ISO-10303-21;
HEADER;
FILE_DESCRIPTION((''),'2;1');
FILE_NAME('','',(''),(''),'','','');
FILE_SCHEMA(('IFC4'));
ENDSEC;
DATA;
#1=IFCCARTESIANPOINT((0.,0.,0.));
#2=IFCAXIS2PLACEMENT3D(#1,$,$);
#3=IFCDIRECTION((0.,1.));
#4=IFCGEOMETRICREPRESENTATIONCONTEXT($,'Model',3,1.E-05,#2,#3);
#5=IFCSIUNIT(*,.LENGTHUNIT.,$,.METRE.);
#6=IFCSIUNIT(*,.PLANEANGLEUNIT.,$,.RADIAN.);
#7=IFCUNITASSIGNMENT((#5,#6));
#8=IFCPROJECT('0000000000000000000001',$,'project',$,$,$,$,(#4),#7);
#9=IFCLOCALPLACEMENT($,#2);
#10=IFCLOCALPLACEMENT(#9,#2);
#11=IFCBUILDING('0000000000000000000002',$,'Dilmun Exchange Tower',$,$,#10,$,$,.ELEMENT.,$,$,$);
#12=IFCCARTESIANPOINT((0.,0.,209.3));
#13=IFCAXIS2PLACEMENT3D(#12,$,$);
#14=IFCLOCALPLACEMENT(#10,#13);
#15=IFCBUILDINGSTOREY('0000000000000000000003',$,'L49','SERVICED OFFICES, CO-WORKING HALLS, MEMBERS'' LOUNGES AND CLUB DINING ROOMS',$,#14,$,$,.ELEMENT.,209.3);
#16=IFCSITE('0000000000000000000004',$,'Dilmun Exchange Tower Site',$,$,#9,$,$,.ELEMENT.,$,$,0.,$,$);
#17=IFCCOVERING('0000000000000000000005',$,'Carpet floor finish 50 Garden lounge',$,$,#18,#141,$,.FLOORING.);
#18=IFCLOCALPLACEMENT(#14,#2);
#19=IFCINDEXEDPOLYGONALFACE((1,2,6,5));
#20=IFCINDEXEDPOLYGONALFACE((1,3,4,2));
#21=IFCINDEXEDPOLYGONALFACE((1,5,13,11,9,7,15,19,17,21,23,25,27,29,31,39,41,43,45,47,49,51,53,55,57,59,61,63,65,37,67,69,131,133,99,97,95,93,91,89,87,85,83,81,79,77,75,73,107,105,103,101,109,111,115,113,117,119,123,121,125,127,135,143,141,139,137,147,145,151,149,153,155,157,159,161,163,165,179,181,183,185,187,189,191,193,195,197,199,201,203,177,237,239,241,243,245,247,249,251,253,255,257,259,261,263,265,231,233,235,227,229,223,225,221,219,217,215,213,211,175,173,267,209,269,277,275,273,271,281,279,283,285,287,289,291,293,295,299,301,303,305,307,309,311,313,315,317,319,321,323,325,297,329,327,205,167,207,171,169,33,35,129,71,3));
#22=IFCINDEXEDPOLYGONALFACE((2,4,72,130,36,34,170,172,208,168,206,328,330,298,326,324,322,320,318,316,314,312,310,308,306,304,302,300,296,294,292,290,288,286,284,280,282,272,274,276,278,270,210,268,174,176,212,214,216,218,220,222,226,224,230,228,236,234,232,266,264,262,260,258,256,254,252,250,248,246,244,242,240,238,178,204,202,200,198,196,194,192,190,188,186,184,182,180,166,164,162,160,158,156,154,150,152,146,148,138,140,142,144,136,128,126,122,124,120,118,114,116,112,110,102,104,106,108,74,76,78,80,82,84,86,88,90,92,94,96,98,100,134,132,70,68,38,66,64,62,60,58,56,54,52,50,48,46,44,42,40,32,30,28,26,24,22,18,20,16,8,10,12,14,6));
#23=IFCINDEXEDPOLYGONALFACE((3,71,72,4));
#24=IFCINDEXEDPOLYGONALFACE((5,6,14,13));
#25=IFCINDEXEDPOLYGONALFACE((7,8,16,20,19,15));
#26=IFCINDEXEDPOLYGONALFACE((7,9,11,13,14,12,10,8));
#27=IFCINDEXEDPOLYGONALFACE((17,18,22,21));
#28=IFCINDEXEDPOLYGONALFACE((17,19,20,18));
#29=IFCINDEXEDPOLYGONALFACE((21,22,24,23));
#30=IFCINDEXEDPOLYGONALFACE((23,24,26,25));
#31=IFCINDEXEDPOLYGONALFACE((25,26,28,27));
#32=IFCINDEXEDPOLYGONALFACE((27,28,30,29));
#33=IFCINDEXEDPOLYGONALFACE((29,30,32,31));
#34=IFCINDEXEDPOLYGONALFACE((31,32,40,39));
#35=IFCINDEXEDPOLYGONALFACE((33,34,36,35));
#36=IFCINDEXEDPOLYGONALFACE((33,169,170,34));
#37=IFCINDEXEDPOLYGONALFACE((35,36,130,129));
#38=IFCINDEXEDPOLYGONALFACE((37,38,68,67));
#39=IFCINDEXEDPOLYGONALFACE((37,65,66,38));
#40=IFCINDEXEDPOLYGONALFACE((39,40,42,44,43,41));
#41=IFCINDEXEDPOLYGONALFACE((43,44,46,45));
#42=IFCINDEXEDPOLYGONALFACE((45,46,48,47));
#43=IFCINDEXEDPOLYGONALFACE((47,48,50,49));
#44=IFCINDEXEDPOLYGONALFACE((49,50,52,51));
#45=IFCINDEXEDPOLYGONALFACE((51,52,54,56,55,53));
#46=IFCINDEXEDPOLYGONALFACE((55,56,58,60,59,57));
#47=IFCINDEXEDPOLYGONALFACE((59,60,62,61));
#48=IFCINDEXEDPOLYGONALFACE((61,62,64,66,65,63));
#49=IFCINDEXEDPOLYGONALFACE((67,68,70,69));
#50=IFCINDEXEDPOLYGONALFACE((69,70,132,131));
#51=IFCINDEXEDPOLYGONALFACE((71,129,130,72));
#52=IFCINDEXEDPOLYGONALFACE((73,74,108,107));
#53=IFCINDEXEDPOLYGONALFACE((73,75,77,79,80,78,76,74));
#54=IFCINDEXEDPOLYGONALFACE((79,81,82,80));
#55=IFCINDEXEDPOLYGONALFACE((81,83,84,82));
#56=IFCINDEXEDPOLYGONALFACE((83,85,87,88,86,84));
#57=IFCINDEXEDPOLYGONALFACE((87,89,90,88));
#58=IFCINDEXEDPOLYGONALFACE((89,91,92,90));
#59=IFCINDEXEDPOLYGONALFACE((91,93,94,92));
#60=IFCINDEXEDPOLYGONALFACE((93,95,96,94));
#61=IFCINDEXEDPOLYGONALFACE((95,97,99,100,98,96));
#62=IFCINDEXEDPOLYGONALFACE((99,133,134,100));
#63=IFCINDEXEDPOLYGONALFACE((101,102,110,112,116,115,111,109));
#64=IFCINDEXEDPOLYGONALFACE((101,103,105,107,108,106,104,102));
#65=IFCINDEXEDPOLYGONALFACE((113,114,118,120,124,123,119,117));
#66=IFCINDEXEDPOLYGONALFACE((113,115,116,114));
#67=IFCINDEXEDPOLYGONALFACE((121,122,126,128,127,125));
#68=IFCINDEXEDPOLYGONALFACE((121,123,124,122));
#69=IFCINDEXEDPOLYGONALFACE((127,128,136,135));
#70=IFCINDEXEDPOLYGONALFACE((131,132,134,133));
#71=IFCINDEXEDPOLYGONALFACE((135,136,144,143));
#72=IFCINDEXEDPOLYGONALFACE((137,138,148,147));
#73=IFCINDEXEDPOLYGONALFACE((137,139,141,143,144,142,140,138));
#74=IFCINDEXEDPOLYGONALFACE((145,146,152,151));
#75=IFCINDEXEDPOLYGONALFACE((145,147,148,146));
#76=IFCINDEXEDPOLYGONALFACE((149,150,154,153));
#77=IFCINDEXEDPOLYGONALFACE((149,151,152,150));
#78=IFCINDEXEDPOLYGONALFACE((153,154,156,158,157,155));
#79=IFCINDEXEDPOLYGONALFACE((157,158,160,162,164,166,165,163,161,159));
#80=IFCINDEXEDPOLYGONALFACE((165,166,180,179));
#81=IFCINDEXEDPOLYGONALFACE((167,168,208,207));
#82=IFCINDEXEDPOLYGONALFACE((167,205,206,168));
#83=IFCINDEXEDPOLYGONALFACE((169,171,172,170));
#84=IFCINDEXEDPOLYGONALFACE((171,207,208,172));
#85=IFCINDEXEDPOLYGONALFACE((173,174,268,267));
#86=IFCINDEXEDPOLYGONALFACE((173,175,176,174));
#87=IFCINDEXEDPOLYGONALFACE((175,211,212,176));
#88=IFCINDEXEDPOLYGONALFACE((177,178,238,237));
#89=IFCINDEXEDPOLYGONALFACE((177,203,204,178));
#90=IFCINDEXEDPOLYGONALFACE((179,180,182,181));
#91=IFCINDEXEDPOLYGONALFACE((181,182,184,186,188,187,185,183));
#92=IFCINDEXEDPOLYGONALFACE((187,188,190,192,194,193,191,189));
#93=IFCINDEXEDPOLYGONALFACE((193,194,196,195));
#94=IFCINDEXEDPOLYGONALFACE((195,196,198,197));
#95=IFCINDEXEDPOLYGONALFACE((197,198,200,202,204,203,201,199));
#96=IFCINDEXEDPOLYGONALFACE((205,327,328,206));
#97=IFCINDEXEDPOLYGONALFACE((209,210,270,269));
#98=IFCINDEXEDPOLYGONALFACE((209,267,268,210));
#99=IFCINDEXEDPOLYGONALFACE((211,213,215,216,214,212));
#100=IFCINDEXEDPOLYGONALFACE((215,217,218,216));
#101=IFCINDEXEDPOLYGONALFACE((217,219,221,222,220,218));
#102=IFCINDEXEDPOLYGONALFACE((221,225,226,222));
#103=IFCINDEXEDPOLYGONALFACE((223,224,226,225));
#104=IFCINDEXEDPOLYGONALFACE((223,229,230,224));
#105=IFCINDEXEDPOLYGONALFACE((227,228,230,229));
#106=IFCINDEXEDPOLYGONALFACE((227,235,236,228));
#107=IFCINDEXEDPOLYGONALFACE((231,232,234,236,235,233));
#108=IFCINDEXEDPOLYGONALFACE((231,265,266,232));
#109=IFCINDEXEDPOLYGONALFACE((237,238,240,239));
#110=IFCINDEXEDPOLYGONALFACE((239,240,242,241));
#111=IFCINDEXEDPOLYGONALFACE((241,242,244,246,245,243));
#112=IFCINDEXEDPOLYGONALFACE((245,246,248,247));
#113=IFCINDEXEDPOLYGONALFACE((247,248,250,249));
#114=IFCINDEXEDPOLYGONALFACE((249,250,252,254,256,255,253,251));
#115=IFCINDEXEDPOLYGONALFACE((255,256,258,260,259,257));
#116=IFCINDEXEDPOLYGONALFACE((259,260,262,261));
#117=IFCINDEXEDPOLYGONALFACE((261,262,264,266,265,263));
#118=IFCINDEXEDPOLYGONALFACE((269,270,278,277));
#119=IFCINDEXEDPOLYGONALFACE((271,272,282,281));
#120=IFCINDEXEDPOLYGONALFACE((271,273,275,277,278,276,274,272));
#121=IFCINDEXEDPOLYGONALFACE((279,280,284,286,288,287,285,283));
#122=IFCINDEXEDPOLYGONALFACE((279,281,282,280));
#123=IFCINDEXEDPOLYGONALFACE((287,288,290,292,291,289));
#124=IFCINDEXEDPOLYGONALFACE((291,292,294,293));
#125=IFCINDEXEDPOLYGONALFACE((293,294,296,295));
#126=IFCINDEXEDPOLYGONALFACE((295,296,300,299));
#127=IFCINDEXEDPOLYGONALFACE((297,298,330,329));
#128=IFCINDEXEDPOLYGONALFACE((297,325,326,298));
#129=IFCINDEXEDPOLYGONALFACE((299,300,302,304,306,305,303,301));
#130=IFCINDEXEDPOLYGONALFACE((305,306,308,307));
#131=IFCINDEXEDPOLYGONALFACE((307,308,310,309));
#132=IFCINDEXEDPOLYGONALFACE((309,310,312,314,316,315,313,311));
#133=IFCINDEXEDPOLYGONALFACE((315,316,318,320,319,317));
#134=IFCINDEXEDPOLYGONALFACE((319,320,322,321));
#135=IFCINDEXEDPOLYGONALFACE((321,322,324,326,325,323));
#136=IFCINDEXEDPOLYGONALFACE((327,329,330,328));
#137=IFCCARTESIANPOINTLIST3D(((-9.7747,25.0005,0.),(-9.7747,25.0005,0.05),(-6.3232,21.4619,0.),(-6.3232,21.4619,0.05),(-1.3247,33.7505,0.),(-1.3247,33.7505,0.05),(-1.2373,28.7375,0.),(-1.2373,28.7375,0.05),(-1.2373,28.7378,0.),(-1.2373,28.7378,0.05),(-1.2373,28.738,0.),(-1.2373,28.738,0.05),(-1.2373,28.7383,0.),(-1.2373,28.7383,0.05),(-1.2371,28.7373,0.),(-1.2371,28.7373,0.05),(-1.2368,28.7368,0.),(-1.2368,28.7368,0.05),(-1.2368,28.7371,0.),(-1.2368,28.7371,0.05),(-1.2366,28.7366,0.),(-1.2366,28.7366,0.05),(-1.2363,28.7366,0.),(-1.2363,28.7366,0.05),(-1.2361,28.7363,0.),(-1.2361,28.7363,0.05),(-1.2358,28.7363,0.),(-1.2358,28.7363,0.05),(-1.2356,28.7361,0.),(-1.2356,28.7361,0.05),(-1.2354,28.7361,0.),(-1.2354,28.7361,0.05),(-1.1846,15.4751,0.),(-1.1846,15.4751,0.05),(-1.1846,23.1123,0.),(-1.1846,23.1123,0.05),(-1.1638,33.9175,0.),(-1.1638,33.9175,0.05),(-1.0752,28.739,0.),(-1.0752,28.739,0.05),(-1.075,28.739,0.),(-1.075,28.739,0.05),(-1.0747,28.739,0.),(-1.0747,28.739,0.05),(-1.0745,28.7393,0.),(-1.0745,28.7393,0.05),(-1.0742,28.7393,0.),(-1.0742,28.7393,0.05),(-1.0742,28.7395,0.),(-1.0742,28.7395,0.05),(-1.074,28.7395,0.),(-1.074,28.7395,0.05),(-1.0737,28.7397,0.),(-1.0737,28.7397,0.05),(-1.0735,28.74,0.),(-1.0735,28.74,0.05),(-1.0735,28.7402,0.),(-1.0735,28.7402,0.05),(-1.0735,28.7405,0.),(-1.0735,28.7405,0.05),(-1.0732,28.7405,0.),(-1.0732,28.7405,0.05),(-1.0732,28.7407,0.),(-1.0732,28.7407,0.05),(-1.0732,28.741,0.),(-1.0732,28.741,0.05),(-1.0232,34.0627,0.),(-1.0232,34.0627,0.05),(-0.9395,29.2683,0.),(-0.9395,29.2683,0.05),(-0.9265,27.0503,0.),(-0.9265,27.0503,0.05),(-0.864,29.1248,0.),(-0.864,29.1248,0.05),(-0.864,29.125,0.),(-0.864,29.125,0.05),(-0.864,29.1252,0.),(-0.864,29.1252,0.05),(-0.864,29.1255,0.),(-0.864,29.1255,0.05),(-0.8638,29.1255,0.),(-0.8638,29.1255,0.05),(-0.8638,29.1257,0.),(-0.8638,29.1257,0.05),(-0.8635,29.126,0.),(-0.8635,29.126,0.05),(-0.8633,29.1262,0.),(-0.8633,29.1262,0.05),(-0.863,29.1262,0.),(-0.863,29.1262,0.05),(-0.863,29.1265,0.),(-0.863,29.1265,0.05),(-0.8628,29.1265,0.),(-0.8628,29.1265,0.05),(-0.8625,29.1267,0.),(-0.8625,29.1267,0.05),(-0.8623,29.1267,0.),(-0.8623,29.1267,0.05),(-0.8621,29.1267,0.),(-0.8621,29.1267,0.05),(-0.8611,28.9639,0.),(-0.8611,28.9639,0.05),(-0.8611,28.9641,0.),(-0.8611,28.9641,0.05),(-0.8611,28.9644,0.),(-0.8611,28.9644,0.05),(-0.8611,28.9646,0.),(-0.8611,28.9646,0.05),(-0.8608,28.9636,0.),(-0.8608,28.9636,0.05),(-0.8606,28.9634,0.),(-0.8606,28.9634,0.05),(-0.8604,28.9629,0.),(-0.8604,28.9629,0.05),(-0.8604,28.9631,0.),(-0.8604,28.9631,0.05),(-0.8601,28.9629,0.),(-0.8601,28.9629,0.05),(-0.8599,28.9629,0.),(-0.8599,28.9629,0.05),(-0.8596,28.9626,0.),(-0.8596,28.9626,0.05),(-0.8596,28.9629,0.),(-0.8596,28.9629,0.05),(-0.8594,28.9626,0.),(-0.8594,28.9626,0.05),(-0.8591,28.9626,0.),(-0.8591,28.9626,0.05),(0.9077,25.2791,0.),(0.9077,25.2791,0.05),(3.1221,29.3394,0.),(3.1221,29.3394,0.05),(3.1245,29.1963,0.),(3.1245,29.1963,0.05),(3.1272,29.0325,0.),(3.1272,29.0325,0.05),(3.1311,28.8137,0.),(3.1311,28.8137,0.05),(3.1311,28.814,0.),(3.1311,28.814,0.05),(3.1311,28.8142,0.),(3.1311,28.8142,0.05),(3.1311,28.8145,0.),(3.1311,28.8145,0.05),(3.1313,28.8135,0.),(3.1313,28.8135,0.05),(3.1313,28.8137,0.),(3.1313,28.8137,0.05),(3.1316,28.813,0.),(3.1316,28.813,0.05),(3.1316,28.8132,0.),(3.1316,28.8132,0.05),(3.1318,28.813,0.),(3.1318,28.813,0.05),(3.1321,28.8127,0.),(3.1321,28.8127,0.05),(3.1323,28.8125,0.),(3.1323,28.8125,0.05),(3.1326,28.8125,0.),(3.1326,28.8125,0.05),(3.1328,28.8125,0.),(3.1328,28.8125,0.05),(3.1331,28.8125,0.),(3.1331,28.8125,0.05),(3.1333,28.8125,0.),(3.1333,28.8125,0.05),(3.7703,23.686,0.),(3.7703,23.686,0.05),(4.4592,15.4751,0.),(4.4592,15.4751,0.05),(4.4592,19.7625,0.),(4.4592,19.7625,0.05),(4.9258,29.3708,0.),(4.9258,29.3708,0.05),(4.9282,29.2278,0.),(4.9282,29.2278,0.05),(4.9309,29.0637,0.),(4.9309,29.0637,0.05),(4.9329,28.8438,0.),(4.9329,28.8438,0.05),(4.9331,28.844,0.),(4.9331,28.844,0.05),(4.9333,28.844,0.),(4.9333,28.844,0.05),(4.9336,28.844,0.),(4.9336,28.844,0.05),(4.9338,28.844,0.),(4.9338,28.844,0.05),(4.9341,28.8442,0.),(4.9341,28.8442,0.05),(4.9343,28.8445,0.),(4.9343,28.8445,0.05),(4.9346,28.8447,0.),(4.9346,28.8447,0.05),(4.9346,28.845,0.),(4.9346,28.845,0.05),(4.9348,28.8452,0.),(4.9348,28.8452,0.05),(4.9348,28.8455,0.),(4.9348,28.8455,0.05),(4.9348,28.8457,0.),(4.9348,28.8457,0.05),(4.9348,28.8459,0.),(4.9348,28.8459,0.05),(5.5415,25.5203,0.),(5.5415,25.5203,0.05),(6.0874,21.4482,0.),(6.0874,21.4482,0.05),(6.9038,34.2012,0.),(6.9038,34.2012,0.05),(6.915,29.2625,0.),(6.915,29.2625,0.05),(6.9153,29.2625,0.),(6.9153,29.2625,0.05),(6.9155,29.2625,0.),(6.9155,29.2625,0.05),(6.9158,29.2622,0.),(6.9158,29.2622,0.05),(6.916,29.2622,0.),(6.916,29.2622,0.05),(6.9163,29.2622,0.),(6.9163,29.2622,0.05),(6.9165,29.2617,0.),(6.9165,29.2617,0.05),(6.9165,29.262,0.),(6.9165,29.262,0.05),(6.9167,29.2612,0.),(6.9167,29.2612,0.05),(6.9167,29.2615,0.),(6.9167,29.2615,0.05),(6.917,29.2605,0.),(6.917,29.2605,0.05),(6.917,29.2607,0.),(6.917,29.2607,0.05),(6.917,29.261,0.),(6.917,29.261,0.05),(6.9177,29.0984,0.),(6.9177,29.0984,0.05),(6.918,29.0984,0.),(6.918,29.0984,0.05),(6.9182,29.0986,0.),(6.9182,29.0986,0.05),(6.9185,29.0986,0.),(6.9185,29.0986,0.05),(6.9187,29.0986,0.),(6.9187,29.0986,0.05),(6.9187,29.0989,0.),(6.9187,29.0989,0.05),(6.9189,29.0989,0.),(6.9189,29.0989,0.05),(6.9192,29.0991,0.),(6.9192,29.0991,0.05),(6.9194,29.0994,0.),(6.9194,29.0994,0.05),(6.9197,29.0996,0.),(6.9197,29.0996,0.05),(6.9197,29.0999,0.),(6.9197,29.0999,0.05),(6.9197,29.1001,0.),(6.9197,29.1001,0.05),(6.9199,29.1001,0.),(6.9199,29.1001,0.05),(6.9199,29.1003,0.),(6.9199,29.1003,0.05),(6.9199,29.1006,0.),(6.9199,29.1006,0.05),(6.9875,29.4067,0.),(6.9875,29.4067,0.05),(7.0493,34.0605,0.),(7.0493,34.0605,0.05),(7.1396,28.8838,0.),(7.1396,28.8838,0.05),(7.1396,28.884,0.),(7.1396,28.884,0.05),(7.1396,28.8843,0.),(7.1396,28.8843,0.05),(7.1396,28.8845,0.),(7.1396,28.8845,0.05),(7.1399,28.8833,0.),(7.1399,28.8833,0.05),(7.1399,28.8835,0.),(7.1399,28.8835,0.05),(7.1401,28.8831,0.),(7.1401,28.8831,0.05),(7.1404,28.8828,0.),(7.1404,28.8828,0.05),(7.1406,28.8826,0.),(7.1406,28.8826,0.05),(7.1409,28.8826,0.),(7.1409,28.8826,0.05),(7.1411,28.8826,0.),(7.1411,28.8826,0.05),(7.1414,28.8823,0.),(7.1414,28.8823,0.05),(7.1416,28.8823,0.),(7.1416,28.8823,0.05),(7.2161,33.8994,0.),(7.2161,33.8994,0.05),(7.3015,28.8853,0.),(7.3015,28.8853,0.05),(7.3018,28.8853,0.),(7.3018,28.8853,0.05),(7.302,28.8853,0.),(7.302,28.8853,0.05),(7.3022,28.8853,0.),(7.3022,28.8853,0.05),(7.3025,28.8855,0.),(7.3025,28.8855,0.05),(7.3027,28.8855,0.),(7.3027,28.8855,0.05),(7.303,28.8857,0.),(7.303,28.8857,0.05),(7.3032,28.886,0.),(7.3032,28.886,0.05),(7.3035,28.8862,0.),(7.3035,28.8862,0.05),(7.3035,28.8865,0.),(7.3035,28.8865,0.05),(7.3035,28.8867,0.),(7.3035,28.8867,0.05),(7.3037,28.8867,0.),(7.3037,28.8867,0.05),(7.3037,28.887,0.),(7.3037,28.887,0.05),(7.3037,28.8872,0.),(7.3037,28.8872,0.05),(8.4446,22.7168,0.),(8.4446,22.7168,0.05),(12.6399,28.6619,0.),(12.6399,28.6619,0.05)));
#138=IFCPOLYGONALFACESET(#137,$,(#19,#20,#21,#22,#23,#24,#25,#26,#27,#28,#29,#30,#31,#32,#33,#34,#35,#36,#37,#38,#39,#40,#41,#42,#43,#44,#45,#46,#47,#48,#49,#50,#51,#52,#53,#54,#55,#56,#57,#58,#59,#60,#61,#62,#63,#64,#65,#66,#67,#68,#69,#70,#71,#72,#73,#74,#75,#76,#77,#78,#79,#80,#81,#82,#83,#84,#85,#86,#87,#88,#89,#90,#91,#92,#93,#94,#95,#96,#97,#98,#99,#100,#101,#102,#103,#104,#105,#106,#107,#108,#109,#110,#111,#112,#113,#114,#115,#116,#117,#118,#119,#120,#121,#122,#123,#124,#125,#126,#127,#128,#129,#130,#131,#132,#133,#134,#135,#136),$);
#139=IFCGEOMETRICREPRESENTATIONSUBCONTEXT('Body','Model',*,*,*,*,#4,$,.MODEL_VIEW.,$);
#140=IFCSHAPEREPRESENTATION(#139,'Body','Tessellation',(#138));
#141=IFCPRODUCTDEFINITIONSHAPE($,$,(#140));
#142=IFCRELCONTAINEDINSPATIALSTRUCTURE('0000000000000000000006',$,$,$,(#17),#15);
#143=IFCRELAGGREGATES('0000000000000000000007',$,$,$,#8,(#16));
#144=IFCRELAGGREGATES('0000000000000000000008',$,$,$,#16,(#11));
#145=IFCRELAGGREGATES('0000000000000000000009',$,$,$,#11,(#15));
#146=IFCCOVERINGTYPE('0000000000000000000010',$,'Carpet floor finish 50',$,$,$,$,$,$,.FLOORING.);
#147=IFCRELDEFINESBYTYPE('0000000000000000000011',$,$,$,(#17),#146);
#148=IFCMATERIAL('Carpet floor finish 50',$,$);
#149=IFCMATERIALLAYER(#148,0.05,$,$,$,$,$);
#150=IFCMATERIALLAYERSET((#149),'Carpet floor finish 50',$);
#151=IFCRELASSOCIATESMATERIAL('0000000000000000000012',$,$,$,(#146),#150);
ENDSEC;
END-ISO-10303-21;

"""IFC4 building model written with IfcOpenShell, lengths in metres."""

from ifc_helpers import new_model, si_unit, direction, frame, origin, place, context, subcontext, project, spatial, polyline, outline, extrude, material, layer, layer_set, type_object, element, save


model = new_model("IFC4")

# Units and contexts
model_context = context("Model", 3, precision=1e-05, world=origin(), true_north=direction((0.0, 1.0)))
body_context = subcontext(model_context, "Body", "Model", "MODEL_VIEW")
ifc_project = project(units=[si_unit("LENGTHUNIT", "METRE"), si_unit("PLANEANGLEUNIT", "RADIAN")], contexts=[model_context])

# Site, building, storey
site_placement = place(None, origin())
site = spatial("IfcSite", under=ifc_project, at=site_placement, Name="Dilmun Exchange Tower Site", CompositionType="ELEMENT", RefElevation=0.0)
building_placement = place(site_placement, origin())
building = spatial("IfcBuilding", under=site, at=building_placement, Name="Dilmun Exchange Tower", CompositionType="ELEMENT")
storey_placement = place(building_placement, frame((0.0, 0.0, 209.3)))
storey = spatial("IfcBuildingStorey", under=building, at=storey_placement, Name="L49", Description="SERVICED OFFICES, CO-WORKING HALLS, MEMBERS' LOUNGES AND CLUB DINING ROOMS", CompositionType="ELEMENT", Elevation=209.3)

# Covering
ifc_material_1 = material(Name="Carpet floor finish 50")
ifc_layer_1 = layer(ifc_material_1, 0.05)
ifc_layer_set_1 = layer_set([ifc_layer_1], Name="Carpet floor finish 50")
covering_type_1 = type_object("IfcCoveringType", Name="Carpet floor finish 50", PredefinedType="FLOORING", material=ifc_layer_set_1)
covering_1_placement = place(storey_placement, origin())
element("IfcCovering", 1, at=covering_1_placement, inside=storey, type_object=covering_type_1, Name="Carpet floor finish 50 Garden lounge", PredefinedType="FLOORING", context=body_context, shape_type="SweptSolid", body=[
    extrude(outline(polyline([(0.9077, 25.2791), (-0.9265, 27.0503), (-6.3232, 21.4619), (-9.7747, 25.0005), (-1.3247, 33.7505), (-1.2373, 28.7383), (-1.2373, 28.738), (-1.2373, 28.7378), (-1.2373, 28.7375), (-1.2371, 28.7373), (-1.2371, 28.7373), (-1.2368, 28.7371), (-1.2368, 28.7368), (-1.2368, 28.7368), (-1.2366, 28.7366), (-1.2363, 28.7366), (-1.2361, 28.7363), (-1.2361, 28.7363), (-1.2358, 28.7363), (-1.2356, 28.7361), (-1.2354, 28.7361), (-1.2354, 28.7361), (-1.0752, 28.739), (-1.0752, 28.739), (-1.075, 28.739), (-1.0747, 28.739), (-1.0745, 28.7393), (-1.0742, 28.7393), (-1.0742, 28.7395), (-1.074, 28.7395), (-1.074, 28.7395), (-1.0737, 28.7397), (-1.0735, 28.74), (-1.0735, 28.74), (-1.0735, 28.7402), (-1.0735, 28.7405), (-1.0732, 28.7405), (-1.0732, 28.7407), (-1.0732, 28.741), (-1.1638, 33.9175), (-1.0232, 34.0627), (-0.9395, 29.2683), (3.1221, 29.3394), (3.1245, 29.1963), (-0.8621, 29.1267), (-0.8623, 29.1267), (-0.8623, 29.1267), (-0.8625, 29.1267), (-0.8628, 29.1265), (-0.863, 29.1265), (-0.863, 29.1262), (-0.8633, 29.1262), (-0.8633, 29.1262), (-0.8635, 29.126), (-0.8638, 29.1257), (-0.8638, 29.1255), (-0.864, 29.1255), (-0.864, 29.1252), (-0.864, 29.125), (-0.864, 29.1248), (-0.864, 29.1248), (-0.8611, 28.9646), (-0.8611, 28.9646), (-0.8611, 28.9644), (-0.8611, 28.9641), (-0.8611, 28.9639), (-0.8608, 28.9636), (-0.8608, 28.9636), (-0.8606, 28.9634), (-0.8606, 28.9634), (-0.8604, 28.9631), (-0.8604, 28.9629), (-0.8601, 28.9629), (-0.8599, 28.9629), (-0.8596, 28.9629), (-0.8596, 28.9626), (-0.8594, 28.9626), (-0.8591, 28.9626), (3.1272, 29.0325), (3.1311, 28.8145), (3.1311, 28.8142), (3.1311, 28.814), (3.1311, 28.8137), (3.1313, 28.8137), (3.1313, 28.8135), (3.1316, 28.8132), (3.1316, 28.8132), (3.1316, 28.813), (3.1318, 28.813), (3.1321, 28.8127), (3.1321, 28.8127), (3.1323, 28.8125), (3.1326, 28.8125), (3.1328, 28.8125), (3.1331, 28.8125), (3.1333, 28.8125), (4.9329, 28.8438), (4.9331, 28.844), (4.9333, 28.844), (4.9333, 28.844), (4.9336, 28.844), (4.9338, 28.844), (4.9341, 28.8442), (4.9341, 28.8442), (4.9343, 28.8445), (4.9343, 28.8445), (4.9346, 28.8447), (4.9346, 28.845), (4.9348, 28.8452), (4.9348, 28.8452), (4.9348, 28.8455), (4.9348, 28.8457), (4.9348, 28.8459), (4.9309, 29.0637), (6.9177, 29.0984), (6.918, 29.0984), (6.9182, 29.0986), (6.9185, 29.0986), (6.9187, 29.0986), (6.9187, 29.0989), (6.9189, 29.0989), (6.9192, 29.0991), (6.9192, 29.0991), (6.9194, 29.0994), (6.9194, 29.0994), (6.9197, 29.0996), (6.9197, 29.0999), (6.9197, 29.1001), (6.9199, 29.1001), (6.9199, 29.1003), (6.9199, 29.1006), (6.917, 29.2605), (6.917, 29.2607), (6.917, 29.261), (6.917, 29.261), (6.9167, 29.2612), (6.9167, 29.2615), (6.9165, 29.2617), (6.9165, 29.2617), (6.9165, 29.262), (6.9163, 29.2622), (6.916, 29.2622), (6.916, 29.2622), (6.9158, 29.2622), (6.9155, 29.2625), (6.9153, 29.2625), (6.9153, 29.2625), (6.915, 29.2625), (4.9282, 29.2278), (4.9258, 29.3708), (6.9875, 29.4067), (6.9038, 34.2012), (7.0493, 34.0605), (7.1396, 28.8845), (7.1396, 28.8843), (7.1396, 28.884), (7.1396, 28.8838), (7.1399, 28.8835), (7.1399, 28.8833), (7.1399, 28.8833), (7.1401, 28.8831), (7.1401, 28.8831), (7.1404, 28.8828), (7.1404, 28.8828), (7.1406, 28.8826), (7.1409, 28.8826), (7.1411, 28.8826), (7.1414, 28.8823), (7.1416, 28.8823), (7.1416, 28.8823), (7.3015, 28.8853), (7.3018, 28.8853), (7.302, 28.8853), (7.3022, 28.8853), (7.3025, 28.8855), (7.3025, 28.8855), (7.3027, 28.8855), (7.303, 28.8857), (7.303, 28.8857), (7.3032, 28.886), (7.3032, 28.886), (7.3035, 28.8862), (7.3035, 28.8865), (7.3035, 28.8867), (7.3037, 28.8867), (7.3037, 28.887), (7.3037, 28.8872), (7.2161, 33.8994), (12.6399, 28.6619), (8.4446, 22.7168), (5.5415, 25.5203), (3.7703, 23.686), (6.0874, 21.4482), (4.4592, 19.7625), (4.4592, 15.4751), (-1.1846, 15.4751), (-1.1846, 23.1123), (0.9077, 25.2791)])), origin(), (0.0, 0.0, 1.0), 0.05),
])

save(model, "model.ifc")
